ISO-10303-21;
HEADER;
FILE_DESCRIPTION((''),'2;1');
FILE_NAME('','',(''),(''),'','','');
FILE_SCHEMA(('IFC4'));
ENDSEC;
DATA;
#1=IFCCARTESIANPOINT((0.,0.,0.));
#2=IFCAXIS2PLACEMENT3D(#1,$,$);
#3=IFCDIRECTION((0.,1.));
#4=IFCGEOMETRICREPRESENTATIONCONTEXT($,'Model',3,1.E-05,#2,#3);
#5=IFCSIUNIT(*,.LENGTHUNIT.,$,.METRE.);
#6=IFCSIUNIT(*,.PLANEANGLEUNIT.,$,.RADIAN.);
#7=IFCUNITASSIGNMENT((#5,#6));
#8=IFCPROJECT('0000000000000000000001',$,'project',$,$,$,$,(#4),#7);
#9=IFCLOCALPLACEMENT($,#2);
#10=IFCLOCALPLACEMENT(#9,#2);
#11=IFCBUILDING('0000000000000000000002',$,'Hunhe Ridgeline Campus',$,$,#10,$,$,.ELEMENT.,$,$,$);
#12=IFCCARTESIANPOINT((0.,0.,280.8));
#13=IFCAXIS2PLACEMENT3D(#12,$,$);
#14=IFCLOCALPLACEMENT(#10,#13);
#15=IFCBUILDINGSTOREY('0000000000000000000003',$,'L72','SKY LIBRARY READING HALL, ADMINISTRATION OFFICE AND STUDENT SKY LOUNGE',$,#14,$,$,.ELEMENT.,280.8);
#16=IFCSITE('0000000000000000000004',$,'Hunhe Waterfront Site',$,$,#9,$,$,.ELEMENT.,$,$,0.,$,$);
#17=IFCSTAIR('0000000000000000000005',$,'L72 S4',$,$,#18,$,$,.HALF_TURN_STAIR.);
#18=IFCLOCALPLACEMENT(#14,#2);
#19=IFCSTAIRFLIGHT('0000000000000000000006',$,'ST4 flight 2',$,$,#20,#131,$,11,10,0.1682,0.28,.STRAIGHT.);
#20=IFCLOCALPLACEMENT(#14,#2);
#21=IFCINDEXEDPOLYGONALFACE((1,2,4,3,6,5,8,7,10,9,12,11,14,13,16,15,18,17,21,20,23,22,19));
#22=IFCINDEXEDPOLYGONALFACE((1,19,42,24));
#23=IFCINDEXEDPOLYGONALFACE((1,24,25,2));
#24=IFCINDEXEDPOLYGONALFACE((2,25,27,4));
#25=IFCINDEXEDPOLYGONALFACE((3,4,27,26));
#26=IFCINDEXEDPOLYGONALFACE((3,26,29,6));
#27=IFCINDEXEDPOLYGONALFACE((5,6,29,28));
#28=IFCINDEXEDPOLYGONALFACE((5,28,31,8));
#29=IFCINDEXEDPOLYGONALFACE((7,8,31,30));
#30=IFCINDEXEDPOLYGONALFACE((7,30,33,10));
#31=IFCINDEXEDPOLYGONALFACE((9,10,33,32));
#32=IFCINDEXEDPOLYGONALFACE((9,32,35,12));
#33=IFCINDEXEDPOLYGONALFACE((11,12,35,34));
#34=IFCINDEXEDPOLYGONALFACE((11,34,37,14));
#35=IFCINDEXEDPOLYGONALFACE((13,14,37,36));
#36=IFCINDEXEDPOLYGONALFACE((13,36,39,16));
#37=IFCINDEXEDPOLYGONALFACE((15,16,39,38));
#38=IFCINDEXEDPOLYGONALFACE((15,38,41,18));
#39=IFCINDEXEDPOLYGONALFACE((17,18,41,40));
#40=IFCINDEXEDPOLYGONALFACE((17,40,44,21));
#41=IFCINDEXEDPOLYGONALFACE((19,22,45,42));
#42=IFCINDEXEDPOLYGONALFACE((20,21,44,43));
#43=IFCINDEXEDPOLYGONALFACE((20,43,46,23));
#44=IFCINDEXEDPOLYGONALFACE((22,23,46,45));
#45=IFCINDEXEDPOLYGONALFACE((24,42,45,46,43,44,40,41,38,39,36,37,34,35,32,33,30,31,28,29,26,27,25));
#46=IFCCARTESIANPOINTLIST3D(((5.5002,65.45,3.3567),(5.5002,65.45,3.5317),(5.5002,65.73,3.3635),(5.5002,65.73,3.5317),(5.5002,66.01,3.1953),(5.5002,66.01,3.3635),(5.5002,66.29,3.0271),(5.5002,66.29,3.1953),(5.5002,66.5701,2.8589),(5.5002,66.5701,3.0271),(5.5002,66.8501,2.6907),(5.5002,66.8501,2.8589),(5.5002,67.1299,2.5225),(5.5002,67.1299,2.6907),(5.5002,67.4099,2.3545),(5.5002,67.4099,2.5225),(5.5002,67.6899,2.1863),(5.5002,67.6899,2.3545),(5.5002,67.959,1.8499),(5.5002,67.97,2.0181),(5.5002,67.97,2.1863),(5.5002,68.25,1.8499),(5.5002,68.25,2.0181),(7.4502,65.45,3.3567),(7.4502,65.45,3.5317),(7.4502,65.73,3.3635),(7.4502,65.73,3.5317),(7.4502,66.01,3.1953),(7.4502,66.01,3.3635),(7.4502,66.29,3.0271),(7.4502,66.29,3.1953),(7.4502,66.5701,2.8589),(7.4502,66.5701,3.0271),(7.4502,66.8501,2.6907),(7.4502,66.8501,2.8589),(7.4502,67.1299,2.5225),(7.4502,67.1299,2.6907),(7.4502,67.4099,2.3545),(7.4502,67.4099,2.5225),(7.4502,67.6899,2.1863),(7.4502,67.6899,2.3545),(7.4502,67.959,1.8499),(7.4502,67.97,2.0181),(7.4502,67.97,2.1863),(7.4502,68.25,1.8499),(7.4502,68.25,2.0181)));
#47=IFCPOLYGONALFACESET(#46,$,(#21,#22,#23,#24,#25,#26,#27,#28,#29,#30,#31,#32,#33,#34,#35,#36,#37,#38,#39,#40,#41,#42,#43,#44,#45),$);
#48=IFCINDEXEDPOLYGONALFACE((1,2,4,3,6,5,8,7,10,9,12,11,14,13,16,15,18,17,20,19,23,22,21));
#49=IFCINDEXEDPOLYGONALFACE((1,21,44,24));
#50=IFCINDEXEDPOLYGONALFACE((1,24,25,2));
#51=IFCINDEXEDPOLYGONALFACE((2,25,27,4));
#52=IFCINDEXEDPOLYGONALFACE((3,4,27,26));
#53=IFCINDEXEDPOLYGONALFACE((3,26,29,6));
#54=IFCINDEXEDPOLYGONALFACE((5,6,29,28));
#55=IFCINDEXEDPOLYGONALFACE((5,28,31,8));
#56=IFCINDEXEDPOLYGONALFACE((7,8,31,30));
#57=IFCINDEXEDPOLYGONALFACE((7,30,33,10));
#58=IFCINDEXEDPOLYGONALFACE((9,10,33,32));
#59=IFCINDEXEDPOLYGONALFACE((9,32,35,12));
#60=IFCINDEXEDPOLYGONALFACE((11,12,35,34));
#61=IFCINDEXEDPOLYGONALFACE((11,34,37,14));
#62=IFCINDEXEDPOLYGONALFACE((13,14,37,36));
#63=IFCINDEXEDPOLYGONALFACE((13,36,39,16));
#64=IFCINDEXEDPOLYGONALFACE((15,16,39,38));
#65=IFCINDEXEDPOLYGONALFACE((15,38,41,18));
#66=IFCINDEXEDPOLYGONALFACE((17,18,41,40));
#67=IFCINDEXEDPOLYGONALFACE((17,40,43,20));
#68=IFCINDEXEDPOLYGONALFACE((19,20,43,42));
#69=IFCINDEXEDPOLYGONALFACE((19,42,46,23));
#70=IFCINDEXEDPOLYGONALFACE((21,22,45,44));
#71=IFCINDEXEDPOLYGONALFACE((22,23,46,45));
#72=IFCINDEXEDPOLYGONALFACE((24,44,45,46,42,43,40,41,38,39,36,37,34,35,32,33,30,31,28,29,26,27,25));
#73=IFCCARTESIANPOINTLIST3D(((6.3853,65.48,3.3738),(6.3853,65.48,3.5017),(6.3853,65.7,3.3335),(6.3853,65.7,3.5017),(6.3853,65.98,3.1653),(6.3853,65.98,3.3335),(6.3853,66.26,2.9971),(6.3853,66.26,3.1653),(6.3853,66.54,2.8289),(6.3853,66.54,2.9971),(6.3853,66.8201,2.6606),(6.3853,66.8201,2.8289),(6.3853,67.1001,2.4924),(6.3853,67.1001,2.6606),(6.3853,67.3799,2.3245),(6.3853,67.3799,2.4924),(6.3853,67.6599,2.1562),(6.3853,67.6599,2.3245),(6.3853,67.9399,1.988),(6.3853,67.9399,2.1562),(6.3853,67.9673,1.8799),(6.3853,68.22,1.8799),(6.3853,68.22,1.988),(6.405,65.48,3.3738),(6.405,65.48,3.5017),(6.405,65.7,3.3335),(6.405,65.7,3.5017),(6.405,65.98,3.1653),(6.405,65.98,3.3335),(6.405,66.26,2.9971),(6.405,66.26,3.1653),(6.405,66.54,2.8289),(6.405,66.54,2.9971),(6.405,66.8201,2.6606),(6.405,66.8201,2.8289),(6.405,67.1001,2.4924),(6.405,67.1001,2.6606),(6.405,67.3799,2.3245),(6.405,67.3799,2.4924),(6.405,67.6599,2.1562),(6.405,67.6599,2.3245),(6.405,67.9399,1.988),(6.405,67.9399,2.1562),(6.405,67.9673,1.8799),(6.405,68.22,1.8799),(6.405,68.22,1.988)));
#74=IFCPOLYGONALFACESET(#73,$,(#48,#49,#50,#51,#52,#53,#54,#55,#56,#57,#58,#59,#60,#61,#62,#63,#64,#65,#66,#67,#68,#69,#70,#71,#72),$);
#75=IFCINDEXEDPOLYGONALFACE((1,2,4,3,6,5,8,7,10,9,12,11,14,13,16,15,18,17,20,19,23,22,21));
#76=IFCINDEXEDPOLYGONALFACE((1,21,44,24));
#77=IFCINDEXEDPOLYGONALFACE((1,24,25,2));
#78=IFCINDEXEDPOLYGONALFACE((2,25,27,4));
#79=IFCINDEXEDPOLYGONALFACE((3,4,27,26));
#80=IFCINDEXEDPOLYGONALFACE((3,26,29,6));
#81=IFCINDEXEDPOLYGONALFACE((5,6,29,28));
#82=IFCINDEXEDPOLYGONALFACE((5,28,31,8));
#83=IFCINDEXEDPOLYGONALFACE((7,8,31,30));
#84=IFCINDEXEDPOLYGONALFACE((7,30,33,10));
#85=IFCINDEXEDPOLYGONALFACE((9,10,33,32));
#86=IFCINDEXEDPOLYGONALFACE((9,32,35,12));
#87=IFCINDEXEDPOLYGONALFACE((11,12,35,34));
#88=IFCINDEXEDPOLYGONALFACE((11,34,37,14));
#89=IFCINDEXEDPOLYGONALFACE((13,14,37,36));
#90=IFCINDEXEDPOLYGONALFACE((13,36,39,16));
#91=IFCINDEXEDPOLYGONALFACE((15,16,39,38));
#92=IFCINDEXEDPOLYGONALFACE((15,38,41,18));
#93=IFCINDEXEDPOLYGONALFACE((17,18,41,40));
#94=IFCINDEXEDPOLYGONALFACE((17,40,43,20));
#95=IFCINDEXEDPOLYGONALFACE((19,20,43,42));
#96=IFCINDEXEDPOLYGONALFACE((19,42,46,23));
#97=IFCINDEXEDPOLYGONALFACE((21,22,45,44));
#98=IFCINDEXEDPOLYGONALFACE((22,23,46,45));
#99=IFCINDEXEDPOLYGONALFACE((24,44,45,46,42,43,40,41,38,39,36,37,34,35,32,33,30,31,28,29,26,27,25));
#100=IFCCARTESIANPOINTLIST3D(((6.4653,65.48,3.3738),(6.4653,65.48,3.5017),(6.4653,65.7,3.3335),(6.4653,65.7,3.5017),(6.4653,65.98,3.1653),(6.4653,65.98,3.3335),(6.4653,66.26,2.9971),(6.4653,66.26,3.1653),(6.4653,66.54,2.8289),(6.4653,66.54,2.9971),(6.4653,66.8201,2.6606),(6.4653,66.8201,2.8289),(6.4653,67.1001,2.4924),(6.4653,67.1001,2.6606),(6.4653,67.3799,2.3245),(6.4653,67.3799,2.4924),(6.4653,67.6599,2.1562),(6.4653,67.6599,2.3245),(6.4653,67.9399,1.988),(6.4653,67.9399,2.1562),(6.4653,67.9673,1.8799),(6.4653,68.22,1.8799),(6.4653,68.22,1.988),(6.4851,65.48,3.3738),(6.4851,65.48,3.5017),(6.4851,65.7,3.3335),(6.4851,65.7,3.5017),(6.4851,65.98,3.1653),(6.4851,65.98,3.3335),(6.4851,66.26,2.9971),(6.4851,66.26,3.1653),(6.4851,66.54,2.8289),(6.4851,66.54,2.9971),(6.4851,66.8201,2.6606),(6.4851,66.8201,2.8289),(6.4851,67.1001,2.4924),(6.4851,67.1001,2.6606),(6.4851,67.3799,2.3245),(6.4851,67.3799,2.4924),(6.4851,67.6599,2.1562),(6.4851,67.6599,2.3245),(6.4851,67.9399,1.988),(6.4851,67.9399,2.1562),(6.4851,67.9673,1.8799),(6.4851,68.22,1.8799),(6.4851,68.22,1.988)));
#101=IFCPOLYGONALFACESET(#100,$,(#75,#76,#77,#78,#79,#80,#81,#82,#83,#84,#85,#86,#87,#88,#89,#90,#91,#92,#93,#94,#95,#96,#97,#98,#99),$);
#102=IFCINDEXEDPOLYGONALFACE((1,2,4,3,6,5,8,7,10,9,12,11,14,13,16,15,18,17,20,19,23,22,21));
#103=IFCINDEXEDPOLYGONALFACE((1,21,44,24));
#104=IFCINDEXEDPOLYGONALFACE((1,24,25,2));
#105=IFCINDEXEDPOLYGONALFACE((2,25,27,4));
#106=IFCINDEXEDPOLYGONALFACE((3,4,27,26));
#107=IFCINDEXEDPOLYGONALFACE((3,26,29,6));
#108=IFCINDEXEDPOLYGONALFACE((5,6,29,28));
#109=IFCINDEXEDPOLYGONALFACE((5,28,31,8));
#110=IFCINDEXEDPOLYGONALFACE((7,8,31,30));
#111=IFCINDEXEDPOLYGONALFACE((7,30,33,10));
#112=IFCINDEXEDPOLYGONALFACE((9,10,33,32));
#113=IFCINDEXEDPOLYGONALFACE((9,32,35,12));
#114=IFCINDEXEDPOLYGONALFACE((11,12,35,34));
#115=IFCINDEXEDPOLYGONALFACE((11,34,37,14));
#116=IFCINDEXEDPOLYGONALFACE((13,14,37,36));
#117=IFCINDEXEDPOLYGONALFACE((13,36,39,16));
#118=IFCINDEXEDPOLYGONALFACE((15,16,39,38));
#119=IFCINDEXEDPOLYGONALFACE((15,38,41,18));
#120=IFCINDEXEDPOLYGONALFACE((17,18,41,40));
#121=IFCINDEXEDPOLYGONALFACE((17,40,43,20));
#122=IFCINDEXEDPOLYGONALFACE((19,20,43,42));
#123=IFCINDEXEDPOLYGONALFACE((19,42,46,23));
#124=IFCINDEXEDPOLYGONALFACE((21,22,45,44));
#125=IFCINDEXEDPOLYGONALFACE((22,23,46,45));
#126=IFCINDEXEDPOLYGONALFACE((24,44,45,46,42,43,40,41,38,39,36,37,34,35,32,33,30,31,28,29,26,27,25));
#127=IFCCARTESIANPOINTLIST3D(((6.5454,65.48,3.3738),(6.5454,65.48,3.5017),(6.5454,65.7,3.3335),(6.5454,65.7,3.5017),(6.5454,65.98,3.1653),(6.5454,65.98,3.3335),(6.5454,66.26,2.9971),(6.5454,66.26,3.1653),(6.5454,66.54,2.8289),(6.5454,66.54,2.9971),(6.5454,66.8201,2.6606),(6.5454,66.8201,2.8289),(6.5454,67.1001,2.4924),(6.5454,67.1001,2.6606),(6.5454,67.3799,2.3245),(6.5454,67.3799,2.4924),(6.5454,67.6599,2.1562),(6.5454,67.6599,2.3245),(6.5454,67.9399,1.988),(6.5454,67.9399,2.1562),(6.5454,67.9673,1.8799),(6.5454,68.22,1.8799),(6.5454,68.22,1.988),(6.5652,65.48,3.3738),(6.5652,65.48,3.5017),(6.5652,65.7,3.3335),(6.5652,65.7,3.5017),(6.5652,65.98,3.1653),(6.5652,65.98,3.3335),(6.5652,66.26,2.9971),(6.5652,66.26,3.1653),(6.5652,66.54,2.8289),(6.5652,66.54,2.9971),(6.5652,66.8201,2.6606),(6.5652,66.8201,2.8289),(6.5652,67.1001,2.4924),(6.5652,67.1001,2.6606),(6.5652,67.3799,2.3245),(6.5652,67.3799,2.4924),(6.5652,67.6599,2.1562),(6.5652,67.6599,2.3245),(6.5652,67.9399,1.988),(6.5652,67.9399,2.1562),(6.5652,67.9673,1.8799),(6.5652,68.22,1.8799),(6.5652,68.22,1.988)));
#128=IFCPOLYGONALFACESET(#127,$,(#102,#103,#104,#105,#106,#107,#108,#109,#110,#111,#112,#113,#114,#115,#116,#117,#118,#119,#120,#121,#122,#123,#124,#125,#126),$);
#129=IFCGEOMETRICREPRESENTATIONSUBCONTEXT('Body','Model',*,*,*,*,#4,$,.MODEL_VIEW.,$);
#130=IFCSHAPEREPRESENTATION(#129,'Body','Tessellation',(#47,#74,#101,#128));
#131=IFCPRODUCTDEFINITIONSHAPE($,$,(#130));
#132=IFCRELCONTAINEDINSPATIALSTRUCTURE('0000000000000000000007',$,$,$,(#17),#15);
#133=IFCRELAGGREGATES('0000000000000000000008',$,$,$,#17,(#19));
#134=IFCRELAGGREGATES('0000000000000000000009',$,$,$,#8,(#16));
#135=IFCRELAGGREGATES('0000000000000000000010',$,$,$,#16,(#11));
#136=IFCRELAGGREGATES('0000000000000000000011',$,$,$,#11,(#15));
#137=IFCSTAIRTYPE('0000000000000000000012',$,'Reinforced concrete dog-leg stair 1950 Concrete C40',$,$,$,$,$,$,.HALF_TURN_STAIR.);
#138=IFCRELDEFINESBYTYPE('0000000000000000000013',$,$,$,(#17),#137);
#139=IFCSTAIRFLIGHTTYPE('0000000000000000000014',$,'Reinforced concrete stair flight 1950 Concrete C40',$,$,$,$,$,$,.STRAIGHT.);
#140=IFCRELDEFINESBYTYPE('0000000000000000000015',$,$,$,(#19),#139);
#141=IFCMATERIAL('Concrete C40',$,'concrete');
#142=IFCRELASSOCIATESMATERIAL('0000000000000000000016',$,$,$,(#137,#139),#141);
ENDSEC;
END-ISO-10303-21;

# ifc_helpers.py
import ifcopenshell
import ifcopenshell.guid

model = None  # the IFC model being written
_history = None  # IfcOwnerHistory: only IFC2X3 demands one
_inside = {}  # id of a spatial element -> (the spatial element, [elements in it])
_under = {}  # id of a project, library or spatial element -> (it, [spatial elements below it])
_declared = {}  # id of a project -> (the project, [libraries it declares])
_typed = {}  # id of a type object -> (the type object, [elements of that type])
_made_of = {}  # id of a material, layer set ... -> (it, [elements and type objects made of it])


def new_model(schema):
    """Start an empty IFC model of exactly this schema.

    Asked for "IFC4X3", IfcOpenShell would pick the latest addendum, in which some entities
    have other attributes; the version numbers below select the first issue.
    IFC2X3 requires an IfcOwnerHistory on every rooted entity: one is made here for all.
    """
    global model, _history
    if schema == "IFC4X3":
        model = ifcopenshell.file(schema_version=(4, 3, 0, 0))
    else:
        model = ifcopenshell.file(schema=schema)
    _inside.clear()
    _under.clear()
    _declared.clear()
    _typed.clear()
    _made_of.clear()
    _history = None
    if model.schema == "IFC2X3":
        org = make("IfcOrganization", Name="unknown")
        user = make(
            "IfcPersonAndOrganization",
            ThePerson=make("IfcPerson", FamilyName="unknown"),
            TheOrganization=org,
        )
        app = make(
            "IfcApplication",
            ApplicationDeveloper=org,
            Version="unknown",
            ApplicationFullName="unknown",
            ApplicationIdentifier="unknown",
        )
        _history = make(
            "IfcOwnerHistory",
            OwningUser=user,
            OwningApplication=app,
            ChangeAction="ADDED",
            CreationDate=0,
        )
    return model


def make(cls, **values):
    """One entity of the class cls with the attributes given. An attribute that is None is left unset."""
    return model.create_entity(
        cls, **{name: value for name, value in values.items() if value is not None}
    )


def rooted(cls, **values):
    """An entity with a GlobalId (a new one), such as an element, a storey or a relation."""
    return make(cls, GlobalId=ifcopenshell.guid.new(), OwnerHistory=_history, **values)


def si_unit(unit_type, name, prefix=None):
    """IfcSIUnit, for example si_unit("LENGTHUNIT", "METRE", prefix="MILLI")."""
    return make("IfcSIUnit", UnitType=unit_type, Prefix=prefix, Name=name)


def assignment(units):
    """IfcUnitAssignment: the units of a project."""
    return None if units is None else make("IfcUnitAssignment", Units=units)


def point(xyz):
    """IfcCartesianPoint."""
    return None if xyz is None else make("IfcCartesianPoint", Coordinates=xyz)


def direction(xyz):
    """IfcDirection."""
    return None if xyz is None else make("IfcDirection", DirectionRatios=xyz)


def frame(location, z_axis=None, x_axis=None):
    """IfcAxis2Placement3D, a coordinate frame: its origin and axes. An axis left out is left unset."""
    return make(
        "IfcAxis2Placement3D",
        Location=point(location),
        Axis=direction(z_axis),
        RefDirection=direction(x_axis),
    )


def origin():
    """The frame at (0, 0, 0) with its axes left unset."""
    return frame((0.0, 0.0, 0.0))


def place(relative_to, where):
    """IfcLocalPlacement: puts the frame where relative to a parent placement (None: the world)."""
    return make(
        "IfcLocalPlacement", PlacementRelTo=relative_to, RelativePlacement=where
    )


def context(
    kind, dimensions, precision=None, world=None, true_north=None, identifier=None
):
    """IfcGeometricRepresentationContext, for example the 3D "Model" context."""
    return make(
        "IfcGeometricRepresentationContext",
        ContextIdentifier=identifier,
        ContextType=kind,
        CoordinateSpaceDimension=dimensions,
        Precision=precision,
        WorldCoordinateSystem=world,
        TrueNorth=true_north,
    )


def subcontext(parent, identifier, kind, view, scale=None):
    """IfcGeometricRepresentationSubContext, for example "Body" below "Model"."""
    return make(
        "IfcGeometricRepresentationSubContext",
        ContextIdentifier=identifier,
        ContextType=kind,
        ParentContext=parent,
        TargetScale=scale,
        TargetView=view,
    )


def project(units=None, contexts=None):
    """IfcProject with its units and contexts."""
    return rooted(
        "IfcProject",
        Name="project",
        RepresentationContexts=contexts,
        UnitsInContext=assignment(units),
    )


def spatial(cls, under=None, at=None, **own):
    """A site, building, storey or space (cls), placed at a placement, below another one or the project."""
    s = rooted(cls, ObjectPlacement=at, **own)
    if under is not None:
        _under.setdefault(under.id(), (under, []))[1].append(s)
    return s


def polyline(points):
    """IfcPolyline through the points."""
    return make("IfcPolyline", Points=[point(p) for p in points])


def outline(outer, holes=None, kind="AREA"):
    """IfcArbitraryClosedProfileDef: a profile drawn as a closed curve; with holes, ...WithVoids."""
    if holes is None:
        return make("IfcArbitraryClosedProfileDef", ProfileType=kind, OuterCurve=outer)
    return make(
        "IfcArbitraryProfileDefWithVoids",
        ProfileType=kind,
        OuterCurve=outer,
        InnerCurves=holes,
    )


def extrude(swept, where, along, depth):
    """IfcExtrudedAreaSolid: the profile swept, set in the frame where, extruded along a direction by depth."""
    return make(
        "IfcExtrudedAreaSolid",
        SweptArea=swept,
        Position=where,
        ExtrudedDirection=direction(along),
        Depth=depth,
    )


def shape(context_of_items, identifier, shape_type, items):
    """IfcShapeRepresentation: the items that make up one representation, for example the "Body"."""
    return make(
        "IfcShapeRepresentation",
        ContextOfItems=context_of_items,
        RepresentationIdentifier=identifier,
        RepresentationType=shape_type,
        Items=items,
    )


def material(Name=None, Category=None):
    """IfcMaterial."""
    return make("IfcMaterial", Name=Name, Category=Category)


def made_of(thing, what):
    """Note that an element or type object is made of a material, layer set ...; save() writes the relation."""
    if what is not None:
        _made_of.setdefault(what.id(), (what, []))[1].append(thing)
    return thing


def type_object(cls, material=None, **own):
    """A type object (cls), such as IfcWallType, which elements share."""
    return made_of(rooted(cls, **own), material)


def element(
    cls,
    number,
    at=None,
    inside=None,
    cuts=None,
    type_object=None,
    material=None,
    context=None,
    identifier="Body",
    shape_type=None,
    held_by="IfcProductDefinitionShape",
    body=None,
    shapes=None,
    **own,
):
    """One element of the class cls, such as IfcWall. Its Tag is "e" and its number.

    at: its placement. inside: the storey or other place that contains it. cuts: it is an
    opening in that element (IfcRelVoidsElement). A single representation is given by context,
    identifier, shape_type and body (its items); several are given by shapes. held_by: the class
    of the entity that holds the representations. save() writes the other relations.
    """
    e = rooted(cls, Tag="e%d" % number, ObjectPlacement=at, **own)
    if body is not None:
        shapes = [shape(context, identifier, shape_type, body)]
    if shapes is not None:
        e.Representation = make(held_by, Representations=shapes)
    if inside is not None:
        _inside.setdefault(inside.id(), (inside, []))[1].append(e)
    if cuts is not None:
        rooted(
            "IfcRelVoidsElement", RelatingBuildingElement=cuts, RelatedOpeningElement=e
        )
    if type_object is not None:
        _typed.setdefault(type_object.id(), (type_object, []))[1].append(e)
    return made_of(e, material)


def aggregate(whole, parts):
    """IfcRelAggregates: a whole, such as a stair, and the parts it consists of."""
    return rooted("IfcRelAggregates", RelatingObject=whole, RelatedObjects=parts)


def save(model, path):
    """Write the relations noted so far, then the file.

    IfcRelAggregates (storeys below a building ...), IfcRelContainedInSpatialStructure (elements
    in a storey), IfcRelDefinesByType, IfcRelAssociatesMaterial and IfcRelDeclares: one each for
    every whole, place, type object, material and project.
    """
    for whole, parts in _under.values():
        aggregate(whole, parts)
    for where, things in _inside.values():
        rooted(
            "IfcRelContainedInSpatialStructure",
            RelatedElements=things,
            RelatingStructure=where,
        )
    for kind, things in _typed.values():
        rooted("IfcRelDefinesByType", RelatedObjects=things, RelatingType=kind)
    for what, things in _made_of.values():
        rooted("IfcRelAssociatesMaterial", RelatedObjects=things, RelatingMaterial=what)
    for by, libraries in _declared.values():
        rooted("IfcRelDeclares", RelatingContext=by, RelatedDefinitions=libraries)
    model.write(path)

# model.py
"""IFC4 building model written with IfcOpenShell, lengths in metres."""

from ifc_helpers import new_model, si_unit, direction, frame, origin, place, context, subcontext, project, spatial, polyline, outline, extrude, material, type_object, element, aggregate, save


model = new_model("IFC4")

# Units and contexts
model_context = context("Model", 3, precision=1e-05, world=origin(), true_north=direction((0.0, 1.0)))
body_context = subcontext(model_context, "Body", "Model", "MODEL_VIEW")
ifc_project = project(units=[si_unit("LENGTHUNIT", "METRE"), si_unit("PLANEANGLEUNIT", "RADIAN")], contexts=[model_context])

# Site, building, storey
site_placement = place(None, origin())
site = spatial("IfcSite", under=ifc_project, at=site_placement, Name="Hunhe Waterfront Site", CompositionType="ELEMENT", RefElevation=0.0)
building_placement = place(site_placement, origin())
building = spatial("IfcBuilding", under=site, at=building_placement, Name="Hunhe Ridgeline Campus", CompositionType="ELEMENT")
storey_placement = place(building_placement, frame((0.0, 0.0, 280.8)))
storey = spatial("IfcBuildingStorey", under=building, at=storey_placement, Name="L72", Description="SKY LIBRARY READING HALL, ADMINISTRATION OFFICE AND STUDENT SKY LOUNGE", CompositionType="ELEMENT", Elevation=280.8)

# Stair, stair flight
ifc_material_1 = material(Name="Concrete C40", Category="concrete")
stair_type = type_object("IfcStairType", Name="Reinforced concrete dog-leg stair 1950 Concrete C40", PredefinedType="HALF_TURN_STAIR", material=ifc_material_1)
stair_flight_type = type_object("IfcStairFlightType", Name="Reinforced concrete stair flight 1950 Concrete C40", PredefinedType="STRAIGHT", material=ifc_material_1)
stair_1_placement = place(storey_placement, origin())
stair_1 = element("IfcStair", 1, at=stair_1_placement, inside=storey, type_object=stair_type, Name="L72 S4", PredefinedType="HALF_TURN_STAIR")
stair_flight_1_placement = place(storey_placement, frame((6.4751, 68.25, 1.8499), z_axis=(0.0, 0.0, 1.0), x_axis=(0.0, -1.0, 0.0)))
stair_flight_1 = element("IfcStairFlight", 2, at=stair_flight_1_placement, type_object=stair_flight_type, Name="ST4 flight 2", NumberOfRisers=11, NumberOfTreads=10, PredefinedType="STRAIGHT", RiserHeight=0.1682, TreadLength=0.28, context=body_context, shape_type="SweptSolid", body=[
    extrude(outline(polyline([(0.0, 0.0), (0.0, 0.1682), (0.28, 0.1682), (0.28, 0.3364), (0.5601, 0.3364), (0.5601, 0.5046), (0.8401, 0.5046), (0.8401, 0.6726), (1.1201, 0.6726), (1.1201, 0.8408), (1.3999, 0.8408), (1.3999, 1.009), (1.6799, 1.009), (1.6799, 1.1772), (1.96, 1.1772), (1.96, 1.3455), (2.24, 1.3455), (2.24, 1.5137), (2.52, 1.5137), (2.52, 1.6819), (2.8, 1.6819), (2.8, 1.8501), (2.8, 1.5068), (0.291, 0.0), (0.0, 0.0)])), frame((0.0, 0.9751, 0.0), z_axis=(0.0, -1.0, 0.0), x_axis=(1.0, 0.0, 0.0)), (0.0, 0.0, 1.0), 1.95),
    extrude(outline(polyline([(0.03, 0.03), (0.03, 0.1382), (0.3101, 0.1382), (0.3101, 0.3064), (0.5901, 0.3064), (0.5901, 0.4746), (0.8701, 0.4746), (0.8701, 0.6426), (1.1499, 0.6426), (1.1499, 0.8108), (1.4299, 0.8108), (1.4299, 0.979), (1.71, 0.979), (1.71, 1.1472), (1.99, 1.1472), (1.99, 1.3154), (2.27, 1.3154), (2.27, 1.4836), (2.55, 1.4836), (2.55, 1.6519), (2.77, 1.6519), (2.77, 1.5239), (0.2827, 0.03), (0.03, 0.03)])), frame((0.0, -0.0701, 0.0), z_axis=(0.0, -1.0, 0.0), x_axis=(1.0, 0.0, 0.0)), (0.0, 0.0, 1.0), 0.0198),
    extrude(outline(polyline([(0.03, 0.03), (0.03, 0.1382), (0.3101, 0.1382), (0.3101, 0.3064), (0.5901, 0.3064), (0.5901, 0.4746), (0.8701, 0.4746), (0.8701, 0.6426), (1.1499, 0.6426), (1.1499, 0.8108), (1.4299, 0.8108), (1.4299, 0.979), (1.71, 0.979), (1.71, 1.1472), (1.99, 1.1472), (1.99, 1.3154), (2.27, 1.3154), (2.27, 1.4836), (2.55, 1.4836), (2.55, 1.6519), (2.77, 1.6519), (2.77, 1.5239), (0.2827, 0.03), (0.03, 0.03)])), frame((0.0, 0.01, 0.0), z_axis=(0.0, -1.0, 0.0), x_axis=(1.0, 0.0, 0.0)), (0.0, 0.0, 1.0), 0.0198),
    extrude(outline(polyline([(0.03, 0.03), (0.03, 0.1382), (0.3101, 0.1382), (0.3101, 0.3064), (0.5901, 0.3064), (0.5901, 0.4746), (0.8701, 0.4746), (0.8701, 0.6426), (1.1499, 0.6426), (1.1499, 0.8108), (1.4299, 0.8108), (1.4299, 0.979), (1.71, 0.979), (1.71, 1.1472), (1.99, 1.1472), (1.99, 1.3154), (2.27, 1.3154), (2.27, 1.4836), (2.55, 1.4836), (2.55, 1.6519), (2.77, 1.6519), (2.77, 1.5239), (0.2827, 0.03), (0.03, 0.03)])), frame((0.0, 0.0901, 0.0), z_axis=(0.0, -1.0, 0.0), x_axis=(1.0, 0.0, 0.0)), (0.0, 0.0, 1.0), 0.0198),
])
aggregate(stair_1, [stair_flight_1])

save(model, "model.ifc")
